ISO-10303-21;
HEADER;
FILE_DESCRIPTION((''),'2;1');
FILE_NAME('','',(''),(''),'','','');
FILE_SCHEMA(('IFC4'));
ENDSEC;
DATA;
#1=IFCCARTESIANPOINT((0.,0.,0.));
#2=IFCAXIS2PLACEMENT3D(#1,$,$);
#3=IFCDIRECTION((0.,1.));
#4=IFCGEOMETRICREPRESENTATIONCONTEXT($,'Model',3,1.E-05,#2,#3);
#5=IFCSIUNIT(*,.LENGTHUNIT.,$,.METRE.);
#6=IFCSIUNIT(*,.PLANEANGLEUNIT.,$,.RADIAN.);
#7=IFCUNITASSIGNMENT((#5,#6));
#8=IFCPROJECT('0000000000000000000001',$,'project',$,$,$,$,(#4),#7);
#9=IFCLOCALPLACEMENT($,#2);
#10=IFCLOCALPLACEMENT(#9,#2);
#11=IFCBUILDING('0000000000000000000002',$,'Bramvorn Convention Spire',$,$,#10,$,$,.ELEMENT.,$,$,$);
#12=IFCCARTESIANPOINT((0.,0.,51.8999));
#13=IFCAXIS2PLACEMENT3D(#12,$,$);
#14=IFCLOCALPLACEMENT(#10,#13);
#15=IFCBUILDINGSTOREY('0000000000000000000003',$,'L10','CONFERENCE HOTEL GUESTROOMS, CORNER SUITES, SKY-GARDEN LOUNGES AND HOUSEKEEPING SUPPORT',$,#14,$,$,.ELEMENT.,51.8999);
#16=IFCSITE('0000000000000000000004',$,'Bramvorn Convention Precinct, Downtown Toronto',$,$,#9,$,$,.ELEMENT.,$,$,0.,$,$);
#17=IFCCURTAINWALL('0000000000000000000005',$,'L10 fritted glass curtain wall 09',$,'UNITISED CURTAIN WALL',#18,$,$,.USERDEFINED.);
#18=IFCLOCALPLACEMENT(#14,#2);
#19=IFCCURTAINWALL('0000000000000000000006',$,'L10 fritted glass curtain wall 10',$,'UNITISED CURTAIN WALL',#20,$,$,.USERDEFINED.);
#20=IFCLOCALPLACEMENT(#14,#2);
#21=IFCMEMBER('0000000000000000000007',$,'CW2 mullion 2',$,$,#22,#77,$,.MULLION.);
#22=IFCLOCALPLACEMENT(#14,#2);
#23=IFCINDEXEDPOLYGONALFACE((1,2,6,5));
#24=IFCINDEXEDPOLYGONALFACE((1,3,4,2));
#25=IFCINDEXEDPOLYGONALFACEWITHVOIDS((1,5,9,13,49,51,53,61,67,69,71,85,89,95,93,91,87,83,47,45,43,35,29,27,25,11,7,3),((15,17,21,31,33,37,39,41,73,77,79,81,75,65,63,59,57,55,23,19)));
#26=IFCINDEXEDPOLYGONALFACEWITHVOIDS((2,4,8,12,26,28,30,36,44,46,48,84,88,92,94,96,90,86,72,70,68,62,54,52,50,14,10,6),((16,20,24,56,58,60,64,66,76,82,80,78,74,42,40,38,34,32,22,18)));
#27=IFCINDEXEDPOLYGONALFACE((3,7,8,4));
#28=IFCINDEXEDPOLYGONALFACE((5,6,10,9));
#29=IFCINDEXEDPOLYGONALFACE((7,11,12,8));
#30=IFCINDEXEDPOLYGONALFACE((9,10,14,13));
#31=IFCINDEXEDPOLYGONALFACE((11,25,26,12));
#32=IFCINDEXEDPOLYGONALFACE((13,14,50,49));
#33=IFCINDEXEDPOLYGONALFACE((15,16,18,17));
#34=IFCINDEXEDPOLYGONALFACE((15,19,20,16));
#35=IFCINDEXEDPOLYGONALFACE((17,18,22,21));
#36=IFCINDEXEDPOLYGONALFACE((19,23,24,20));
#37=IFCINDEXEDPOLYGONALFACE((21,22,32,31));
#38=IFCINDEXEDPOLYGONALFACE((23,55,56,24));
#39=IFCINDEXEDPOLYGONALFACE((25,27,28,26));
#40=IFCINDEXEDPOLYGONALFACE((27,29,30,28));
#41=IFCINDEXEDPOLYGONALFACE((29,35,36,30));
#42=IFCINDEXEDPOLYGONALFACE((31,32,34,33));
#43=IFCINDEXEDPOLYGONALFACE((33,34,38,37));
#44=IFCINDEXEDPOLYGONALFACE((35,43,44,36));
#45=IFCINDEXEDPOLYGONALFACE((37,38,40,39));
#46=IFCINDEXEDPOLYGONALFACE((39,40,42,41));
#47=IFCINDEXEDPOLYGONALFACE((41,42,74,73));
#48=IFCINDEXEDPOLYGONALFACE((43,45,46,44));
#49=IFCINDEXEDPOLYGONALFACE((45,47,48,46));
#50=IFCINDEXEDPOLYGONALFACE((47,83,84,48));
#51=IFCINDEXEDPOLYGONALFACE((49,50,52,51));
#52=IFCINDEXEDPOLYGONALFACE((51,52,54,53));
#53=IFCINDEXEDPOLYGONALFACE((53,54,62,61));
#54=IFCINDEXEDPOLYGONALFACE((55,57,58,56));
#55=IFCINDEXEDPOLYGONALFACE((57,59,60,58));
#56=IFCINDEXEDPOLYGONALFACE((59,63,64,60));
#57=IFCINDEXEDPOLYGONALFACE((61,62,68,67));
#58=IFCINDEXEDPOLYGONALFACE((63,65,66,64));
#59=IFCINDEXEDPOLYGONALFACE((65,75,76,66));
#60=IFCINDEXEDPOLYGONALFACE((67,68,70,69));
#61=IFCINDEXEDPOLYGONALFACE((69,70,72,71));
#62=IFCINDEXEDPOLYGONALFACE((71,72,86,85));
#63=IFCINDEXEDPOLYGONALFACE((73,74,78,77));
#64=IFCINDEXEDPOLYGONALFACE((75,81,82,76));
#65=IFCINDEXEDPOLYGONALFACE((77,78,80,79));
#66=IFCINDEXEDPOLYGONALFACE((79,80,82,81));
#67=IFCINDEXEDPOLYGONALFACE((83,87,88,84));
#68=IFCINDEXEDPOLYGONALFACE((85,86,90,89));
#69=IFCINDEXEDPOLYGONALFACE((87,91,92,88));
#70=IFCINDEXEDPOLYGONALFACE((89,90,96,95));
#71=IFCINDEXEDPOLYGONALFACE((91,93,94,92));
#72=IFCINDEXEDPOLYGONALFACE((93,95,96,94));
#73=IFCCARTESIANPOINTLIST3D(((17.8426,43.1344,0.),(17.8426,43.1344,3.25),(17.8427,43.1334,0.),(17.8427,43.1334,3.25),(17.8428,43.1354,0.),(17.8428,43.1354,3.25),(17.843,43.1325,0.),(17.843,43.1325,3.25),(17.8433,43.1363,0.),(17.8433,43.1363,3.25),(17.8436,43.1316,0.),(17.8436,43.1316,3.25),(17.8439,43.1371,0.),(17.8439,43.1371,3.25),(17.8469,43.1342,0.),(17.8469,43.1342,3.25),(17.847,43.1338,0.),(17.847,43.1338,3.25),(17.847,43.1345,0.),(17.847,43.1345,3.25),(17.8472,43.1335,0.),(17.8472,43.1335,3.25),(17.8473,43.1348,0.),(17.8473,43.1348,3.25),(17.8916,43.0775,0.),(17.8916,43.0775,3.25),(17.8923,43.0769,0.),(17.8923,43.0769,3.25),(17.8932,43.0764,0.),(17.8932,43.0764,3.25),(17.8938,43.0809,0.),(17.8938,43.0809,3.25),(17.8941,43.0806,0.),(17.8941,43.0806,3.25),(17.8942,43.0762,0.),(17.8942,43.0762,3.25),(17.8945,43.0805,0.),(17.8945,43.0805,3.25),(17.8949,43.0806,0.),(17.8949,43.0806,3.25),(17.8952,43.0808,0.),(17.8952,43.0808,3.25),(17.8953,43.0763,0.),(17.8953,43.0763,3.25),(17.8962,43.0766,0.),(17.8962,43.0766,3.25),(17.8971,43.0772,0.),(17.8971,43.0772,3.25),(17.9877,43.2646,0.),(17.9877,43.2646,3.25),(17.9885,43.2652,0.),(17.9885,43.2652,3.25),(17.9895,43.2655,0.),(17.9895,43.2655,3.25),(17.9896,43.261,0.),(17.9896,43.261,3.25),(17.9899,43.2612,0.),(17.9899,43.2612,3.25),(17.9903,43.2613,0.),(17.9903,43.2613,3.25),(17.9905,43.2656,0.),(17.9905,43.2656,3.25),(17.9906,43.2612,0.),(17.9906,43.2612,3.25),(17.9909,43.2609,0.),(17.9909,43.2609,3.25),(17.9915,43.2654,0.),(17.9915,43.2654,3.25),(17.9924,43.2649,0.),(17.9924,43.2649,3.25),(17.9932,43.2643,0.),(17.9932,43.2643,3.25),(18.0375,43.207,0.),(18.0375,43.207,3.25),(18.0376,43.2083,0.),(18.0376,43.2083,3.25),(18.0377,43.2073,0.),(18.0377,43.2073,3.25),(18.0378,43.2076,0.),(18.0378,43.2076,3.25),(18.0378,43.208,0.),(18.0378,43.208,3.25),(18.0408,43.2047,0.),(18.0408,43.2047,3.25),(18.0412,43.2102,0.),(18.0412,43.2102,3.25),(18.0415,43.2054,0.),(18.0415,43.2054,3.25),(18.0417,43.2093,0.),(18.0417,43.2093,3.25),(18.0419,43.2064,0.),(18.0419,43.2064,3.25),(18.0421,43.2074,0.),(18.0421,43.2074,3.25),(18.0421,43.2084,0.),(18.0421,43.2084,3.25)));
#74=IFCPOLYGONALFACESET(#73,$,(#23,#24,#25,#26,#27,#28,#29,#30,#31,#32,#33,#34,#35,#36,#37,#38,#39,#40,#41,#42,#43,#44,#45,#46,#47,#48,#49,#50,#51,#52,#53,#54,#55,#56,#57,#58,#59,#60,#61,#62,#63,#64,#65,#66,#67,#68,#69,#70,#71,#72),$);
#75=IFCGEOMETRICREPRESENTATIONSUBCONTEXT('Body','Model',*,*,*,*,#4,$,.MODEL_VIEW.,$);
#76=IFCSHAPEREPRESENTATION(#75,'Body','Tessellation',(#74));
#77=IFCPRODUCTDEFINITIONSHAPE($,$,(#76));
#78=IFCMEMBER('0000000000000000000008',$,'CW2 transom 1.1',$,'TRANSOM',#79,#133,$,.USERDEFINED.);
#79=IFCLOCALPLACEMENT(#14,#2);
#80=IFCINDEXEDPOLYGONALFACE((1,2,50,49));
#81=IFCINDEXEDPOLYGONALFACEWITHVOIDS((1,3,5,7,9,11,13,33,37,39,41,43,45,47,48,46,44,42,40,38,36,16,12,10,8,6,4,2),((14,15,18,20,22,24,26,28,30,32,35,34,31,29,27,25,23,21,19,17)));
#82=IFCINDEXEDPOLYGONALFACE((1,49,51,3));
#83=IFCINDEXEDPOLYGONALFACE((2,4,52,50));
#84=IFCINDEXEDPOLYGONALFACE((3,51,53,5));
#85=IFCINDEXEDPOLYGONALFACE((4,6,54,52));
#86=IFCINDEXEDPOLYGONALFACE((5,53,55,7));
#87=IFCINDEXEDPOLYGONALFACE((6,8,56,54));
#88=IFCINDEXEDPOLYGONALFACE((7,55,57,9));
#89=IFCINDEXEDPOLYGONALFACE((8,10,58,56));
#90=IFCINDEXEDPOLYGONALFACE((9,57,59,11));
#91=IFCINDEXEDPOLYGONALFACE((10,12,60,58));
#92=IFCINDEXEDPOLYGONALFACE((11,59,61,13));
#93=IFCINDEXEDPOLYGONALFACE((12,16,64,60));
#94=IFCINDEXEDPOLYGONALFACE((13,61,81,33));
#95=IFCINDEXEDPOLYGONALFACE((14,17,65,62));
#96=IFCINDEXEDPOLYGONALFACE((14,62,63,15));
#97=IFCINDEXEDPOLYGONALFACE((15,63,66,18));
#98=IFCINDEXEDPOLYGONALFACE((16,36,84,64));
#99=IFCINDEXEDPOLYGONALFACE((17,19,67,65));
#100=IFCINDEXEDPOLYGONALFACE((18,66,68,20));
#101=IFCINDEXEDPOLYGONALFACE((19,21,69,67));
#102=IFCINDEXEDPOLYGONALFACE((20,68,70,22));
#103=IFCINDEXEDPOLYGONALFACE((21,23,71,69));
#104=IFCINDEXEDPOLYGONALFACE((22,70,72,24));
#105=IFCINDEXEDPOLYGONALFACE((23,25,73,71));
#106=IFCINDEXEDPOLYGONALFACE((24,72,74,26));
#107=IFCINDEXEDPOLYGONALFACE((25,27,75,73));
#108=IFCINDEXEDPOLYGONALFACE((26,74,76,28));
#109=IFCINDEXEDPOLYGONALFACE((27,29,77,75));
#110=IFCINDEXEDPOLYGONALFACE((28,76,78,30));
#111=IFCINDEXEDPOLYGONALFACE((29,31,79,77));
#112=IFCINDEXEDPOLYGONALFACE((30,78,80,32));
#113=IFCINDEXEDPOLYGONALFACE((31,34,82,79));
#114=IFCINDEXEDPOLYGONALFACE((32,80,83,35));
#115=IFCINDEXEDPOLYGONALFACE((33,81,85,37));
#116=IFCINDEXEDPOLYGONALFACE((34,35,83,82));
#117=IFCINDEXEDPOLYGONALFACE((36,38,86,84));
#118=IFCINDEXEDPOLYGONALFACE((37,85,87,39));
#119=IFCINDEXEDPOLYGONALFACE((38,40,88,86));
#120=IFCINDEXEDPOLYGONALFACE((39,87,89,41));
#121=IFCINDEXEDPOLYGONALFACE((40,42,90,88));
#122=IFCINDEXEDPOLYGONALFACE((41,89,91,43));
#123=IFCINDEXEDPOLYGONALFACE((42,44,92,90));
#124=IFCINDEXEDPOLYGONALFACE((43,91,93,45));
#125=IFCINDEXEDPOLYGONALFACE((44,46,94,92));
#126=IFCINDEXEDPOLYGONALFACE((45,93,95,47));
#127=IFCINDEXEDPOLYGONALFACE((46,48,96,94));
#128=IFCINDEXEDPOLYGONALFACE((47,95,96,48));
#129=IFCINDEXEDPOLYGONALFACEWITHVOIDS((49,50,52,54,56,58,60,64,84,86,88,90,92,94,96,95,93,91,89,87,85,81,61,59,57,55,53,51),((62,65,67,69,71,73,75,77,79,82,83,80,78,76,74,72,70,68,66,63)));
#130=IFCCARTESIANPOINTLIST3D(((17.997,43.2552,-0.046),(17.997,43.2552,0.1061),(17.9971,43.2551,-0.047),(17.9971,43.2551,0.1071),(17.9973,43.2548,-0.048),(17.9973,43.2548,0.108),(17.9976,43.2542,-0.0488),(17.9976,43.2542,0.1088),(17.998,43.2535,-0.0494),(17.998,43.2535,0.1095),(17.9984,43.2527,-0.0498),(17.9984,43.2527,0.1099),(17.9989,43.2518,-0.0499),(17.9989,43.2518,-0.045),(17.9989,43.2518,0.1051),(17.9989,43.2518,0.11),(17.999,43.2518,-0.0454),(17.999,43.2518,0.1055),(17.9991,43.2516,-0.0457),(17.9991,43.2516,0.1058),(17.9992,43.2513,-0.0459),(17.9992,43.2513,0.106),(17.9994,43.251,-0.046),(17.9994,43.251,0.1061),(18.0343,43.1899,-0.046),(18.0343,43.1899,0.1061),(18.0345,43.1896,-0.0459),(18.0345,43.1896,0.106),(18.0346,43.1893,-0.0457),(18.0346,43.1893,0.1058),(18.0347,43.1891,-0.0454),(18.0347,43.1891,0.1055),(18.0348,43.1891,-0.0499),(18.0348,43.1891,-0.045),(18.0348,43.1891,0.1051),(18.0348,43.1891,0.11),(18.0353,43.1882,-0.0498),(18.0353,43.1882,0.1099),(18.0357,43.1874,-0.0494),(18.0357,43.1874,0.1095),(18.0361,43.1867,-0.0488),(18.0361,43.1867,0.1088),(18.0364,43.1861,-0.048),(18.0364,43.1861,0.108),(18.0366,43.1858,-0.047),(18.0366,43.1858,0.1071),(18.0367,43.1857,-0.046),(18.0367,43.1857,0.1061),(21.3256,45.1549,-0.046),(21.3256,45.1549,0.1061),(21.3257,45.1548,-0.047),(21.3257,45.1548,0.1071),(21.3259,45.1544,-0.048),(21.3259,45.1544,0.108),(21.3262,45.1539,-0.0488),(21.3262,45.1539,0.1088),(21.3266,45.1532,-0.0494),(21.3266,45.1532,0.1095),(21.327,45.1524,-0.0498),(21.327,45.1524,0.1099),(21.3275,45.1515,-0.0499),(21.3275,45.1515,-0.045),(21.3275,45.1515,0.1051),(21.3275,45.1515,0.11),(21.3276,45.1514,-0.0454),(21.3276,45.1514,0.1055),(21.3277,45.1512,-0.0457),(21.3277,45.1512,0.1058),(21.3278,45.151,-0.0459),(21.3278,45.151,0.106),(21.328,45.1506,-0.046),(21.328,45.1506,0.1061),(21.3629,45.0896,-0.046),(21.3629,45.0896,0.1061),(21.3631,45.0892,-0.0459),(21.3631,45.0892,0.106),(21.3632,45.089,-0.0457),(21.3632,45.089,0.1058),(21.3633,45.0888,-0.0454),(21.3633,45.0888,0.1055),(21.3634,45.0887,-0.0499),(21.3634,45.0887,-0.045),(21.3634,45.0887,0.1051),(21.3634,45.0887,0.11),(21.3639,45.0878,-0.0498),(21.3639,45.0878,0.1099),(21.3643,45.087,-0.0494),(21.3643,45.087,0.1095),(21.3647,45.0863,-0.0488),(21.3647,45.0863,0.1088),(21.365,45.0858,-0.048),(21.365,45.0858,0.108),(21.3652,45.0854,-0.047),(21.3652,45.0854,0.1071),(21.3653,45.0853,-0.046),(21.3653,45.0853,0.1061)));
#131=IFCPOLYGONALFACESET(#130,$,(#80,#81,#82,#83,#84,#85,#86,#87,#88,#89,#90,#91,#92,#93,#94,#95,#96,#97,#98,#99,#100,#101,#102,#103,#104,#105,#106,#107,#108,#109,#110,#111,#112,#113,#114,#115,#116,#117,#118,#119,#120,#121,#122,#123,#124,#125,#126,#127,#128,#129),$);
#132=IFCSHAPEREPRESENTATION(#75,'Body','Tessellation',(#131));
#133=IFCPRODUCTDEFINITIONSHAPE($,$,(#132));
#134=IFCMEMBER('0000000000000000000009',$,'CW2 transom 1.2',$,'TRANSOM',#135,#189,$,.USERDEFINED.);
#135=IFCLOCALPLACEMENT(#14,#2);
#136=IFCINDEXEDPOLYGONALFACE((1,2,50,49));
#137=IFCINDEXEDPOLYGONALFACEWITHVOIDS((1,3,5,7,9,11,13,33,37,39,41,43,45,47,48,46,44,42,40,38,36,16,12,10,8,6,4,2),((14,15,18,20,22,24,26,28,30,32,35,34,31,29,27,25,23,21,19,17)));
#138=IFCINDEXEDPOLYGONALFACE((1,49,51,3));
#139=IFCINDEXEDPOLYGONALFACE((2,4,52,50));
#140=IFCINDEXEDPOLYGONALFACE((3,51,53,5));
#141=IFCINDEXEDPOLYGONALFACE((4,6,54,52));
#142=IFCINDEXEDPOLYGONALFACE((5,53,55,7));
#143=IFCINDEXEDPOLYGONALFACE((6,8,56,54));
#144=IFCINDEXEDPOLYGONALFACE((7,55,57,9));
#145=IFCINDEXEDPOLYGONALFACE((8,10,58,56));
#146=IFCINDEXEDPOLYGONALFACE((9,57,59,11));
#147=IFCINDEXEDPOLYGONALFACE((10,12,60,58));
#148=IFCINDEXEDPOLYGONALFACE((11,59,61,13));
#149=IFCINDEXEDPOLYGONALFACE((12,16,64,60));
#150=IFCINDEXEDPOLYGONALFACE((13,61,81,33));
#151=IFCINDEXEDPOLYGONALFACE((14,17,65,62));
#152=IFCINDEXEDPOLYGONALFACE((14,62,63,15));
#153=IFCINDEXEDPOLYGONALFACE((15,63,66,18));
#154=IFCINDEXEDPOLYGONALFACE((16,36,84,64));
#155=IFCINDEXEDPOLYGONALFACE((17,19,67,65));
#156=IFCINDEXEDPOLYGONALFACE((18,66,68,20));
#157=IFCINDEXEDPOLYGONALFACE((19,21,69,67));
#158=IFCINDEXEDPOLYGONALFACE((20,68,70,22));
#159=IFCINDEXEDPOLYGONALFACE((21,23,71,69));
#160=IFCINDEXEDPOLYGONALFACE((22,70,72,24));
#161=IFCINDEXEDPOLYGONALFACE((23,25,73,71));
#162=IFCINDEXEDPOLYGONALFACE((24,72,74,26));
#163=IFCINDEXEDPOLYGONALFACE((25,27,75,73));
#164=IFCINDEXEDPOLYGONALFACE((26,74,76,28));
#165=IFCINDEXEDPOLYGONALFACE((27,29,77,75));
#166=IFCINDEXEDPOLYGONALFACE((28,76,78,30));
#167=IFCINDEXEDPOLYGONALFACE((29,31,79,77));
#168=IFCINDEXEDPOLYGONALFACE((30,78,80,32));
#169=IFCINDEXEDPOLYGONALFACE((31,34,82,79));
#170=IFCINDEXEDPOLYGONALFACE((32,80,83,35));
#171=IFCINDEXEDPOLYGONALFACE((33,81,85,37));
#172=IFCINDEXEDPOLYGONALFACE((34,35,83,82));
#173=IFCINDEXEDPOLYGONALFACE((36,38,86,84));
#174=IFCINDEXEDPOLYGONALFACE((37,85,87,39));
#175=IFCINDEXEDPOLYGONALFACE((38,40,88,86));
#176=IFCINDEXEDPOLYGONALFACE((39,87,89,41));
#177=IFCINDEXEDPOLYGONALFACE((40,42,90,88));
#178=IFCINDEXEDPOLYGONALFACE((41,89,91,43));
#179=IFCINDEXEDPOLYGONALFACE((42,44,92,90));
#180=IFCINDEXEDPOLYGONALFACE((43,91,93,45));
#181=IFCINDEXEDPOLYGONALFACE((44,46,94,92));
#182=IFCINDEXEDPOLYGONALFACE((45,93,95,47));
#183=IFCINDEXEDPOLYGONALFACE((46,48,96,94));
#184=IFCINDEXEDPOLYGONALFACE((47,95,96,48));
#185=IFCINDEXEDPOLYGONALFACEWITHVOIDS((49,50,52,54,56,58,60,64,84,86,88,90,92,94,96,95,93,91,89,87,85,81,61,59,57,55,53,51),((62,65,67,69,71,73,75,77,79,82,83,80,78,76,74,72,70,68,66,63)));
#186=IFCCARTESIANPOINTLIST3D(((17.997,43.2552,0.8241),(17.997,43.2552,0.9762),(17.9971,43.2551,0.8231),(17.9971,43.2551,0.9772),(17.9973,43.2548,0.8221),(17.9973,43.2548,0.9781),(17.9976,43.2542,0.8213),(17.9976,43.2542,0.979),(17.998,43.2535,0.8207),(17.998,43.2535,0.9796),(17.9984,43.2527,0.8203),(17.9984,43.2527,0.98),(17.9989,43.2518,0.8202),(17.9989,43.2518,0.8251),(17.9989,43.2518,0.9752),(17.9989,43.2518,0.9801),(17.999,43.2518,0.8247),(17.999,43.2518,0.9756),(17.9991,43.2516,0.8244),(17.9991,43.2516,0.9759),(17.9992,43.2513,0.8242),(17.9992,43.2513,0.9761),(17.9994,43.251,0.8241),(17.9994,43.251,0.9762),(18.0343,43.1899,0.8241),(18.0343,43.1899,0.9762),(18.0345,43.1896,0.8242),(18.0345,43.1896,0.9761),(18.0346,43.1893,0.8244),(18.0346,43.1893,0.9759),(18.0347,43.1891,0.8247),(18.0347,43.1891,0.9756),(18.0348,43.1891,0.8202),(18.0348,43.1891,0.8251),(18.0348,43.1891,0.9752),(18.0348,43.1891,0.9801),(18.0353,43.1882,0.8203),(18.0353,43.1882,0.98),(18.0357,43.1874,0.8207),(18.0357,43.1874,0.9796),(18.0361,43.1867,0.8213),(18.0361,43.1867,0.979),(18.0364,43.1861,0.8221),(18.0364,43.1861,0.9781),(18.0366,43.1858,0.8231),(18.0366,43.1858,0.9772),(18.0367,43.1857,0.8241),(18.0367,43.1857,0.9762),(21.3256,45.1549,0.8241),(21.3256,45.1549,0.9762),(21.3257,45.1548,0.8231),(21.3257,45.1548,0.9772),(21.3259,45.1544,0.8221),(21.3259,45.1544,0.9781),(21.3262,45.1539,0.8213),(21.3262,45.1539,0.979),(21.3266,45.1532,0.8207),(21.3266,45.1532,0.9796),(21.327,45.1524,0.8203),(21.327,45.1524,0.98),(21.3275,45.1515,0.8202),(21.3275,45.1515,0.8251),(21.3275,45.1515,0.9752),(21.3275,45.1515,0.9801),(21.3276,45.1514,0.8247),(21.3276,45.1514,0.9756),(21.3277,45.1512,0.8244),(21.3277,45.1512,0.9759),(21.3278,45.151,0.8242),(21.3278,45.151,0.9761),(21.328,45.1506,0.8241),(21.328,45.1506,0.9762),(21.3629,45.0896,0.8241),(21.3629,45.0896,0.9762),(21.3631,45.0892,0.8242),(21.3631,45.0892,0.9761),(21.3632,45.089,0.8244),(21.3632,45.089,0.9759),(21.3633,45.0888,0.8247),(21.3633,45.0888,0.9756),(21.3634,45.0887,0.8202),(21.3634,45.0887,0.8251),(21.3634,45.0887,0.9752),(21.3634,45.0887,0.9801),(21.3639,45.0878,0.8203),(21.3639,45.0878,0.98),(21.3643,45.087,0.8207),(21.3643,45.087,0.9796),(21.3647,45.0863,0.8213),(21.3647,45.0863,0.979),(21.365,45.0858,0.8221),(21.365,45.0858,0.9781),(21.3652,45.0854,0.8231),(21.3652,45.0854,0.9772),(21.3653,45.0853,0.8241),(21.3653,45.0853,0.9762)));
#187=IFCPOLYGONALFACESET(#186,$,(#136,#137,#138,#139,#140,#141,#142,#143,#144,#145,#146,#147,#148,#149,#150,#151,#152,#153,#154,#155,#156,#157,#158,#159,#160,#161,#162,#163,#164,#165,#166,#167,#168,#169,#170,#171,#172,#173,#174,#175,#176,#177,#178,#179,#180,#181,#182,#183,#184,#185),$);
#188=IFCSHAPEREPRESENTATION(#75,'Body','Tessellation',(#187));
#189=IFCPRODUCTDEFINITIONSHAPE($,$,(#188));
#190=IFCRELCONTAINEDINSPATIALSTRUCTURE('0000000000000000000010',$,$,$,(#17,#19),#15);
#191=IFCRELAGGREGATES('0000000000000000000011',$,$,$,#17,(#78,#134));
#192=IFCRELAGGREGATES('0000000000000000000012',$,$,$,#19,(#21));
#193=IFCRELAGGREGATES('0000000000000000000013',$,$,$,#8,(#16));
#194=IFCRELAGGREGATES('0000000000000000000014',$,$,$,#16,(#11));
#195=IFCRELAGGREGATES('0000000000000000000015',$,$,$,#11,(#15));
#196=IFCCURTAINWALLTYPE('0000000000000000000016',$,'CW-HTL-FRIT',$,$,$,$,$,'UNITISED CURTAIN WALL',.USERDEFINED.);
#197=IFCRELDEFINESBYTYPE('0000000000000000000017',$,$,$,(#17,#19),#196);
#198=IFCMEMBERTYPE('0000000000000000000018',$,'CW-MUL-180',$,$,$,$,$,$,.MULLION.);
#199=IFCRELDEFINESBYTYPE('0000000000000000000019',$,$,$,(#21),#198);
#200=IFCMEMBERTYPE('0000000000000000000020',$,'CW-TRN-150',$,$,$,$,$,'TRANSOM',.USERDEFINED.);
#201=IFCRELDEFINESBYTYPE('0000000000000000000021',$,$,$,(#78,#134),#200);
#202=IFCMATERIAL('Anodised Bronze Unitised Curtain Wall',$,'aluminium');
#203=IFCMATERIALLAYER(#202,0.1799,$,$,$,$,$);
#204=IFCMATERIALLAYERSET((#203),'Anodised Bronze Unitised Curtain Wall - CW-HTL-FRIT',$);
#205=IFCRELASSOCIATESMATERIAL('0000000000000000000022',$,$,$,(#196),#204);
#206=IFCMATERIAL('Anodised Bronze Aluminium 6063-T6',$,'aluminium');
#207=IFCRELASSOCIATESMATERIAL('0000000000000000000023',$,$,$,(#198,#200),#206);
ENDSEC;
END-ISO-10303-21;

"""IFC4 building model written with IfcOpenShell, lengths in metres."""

from ifc_helpers import new_model, si_unit, direction, frame, origin, origin_2d, place, context, subcontext, project, spatial, hollow_rectangle, extrude, material, layer, layer_set, material_profile, profile_set, type_object, element, aggregate, save


model = new_model("IFC4")

# Units and contexts
model_context = context("Model", 3, precision=1e-05, world=origin(), true_north=direction((0.0, 1.0)))
body_context = subcontext(model_context, "Body", "Model", "MODEL_VIEW")
ifc_project = project(units=[si_unit("LENGTHUNIT", "METRE"), si_unit("PLANEANGLEUNIT", "RADIAN")], contexts=[model_context])

# Site, building, storey
site_placement = place(None, origin())
site = spatial("IfcSite", under=ifc_project, at=site_placement, Name="Bramvorn Convention Precinct, Downtown Toronto", CompositionType="ELEMENT", RefElevation=0.0)
building_placement = place(site_placement, origin())
building = spatial("IfcBuilding", under=site, at=building_placement, Name="Bramvorn Convention Spire", CompositionType="ELEMENT")
storey_placement = place(building_placement, frame((0.0, 0.0, 51.8999)))
storey = spatial("IfcBuildingStorey", under=building, at=storey_placement, Name="L10", Description="CONFERENCE HOTEL GUESTROOMS, CORNER SUITES, SKY-GARDEN LOUNGES AND HOUSEKEEPING SUPPORT", CompositionType="ELEMENT", Elevation=51.8999)

# Curtain wall
ifc_material_1 = material(Name="Anodised Bronze Unitised Curtain Wall", Category="aluminium")
ifc_layer_1 = layer(ifc_material_1, 0.1799)
ifc_layer_set_1 = layer_set([ifc_layer_1], Name="Anodised Bronze Unitised Curtain Wall - CW-HTL-FRIT")
curtain_wall_type = type_object("IfcCurtainWallType", Name="CW-HTL-FRIT", ElementType="UNITISED CURTAIN WALL", PredefinedType="USERDEFINED", material=ifc_layer_set_1)
curtain_wall_1_placement = place(storey_placement, origin())
curtain_wall_1 = element("IfcCurtainWall", 1, at=curtain_wall_1_placement, inside=storey, type_object=curtain_wall_type, Name="L10 fritted glass curtain wall 09", ObjectType="UNITISED CURTAIN WALL", PredefinedType="USERDEFINED")
ifc_material_2 = material(Name="Anodised Bronze Aluminium 6063-T6", Category="aluminium")
ifc_material_profile_1 = material_profile(ifc_material_2, hollow_rectangle(XDim=0.0801, YDim=0.2, WallThickness=0.0039, InnerFilletRadius=0.001, OuterFilletRadius=0.0039, at=origin_2d()))
ifc_profile_set_1 = profile_set([ifc_material_profile_1], Name="Anodised Bronze Aluminium 6063-T6 - CWM80X200")
member_type_1 = type_object("IfcMemberType", Name="CW-MUL-180", PredefinedType="MULLION", material=ifc_profile_set_1)

# Curtain wall, member
curtain_wall_2_placement = place(storey_placement, origin())
curtain_wall_2 = element("IfcCurtainWall", 2, at=curtain_wall_2_placement, inside=storey, type_object=curtain_wall_type, Name="L10 fritted glass curtain wall 10", ObjectType="UNITISED CURTAIN WALL", PredefinedType="USERDEFINED")
member_1_placement = place(storey_placement, frame((17.9424, 43.1709, 0.0), z_axis=(0.0, 0.0, 1.0), x_axis=(-0.663443, 0.748227, 0.0)))
member_1 = element("IfcMember", 3, at=member_1_placement, type_object=member_type_1, Name="CW2 mullion 2", PredefinedType="MULLION", context=body_context, shape_type="SweptSolid", body=[
    extrude(hollow_rectangle(XDim=0.0801, YDim=0.2, WallThickness=0.0039, InnerFilletRadius=0.001, OuterFilletRadius=0.0039, at=origin_2d()), origin(), (0.0, 0.0, 1.0), 3.25),
])

# Members
ifc_material_profile_2 = material_profile(ifc_material_2, hollow_rectangle(XDim=0.0801, YDim=0.1599, WallThickness=0.0039, InnerFilletRadius=0.001, OuterFilletRadius=0.0039, at=origin_2d()))
ifc_profile_set_2 = profile_set([ifc_material_profile_2], Name="Anodised Bronze Aluminium 6063-T6 - CWT80X160")
member_type_2 = type_object("IfcMemberType", Name="CW-TRN-150", ElementType="TRANSOM", PredefinedType="USERDEFINED", material=ifc_profile_set_2)
member_2_placement = place(storey_placement, frame((18.0168, 43.2205, 0.03), z_axis=(0.868514, 0.495666, 0.0), x_axis=(-0.495666, 0.868514, 0.0)))
member_2 = element("IfcMember", 4, at=member_2_placement, type_object=member_type_2, Name="CW2 transom 1.1", ObjectType="TRANSOM", PredefinedType="USERDEFINED", context=body_context, shape_type="SweptSolid", body=[
    extrude(hollow_rectangle(XDim=0.0801, YDim=0.1599, WallThickness=0.0039, InnerFilletRadius=0.001, OuterFilletRadius=0.0039, at=origin_2d()), origin(), (0.0, 0.0, 1.0), 3.8325),
])
member_3_placement = place(storey_placement, frame((18.0168, 43.2205, 0.9001), z_axis=(0.868514, 0.495666, 0.0), x_axis=(-0.495666, 0.868514, 0.0)))
member_3 = element("IfcMember", 5, at=member_3_placement, type_object=member_type_2, Name="CW2 transom 1.2", ObjectType="TRANSOM", PredefinedType="USERDEFINED", context=body_context, shape_type="SweptSolid", body=[
    extrude(hollow_rectangle(XDim=0.0801, YDim=0.1599, WallThickness=0.0039, InnerFilletRadius=0.001, OuterFilletRadius=0.0039, at=origin_2d()), origin(), (0.0, 0.0, 1.0), 3.8325),
])

aggregate(curtain_wall_1, [member_2, member_3])
aggregate(curtain_wall_2, [member_1])

save(model, "model.ifc")
